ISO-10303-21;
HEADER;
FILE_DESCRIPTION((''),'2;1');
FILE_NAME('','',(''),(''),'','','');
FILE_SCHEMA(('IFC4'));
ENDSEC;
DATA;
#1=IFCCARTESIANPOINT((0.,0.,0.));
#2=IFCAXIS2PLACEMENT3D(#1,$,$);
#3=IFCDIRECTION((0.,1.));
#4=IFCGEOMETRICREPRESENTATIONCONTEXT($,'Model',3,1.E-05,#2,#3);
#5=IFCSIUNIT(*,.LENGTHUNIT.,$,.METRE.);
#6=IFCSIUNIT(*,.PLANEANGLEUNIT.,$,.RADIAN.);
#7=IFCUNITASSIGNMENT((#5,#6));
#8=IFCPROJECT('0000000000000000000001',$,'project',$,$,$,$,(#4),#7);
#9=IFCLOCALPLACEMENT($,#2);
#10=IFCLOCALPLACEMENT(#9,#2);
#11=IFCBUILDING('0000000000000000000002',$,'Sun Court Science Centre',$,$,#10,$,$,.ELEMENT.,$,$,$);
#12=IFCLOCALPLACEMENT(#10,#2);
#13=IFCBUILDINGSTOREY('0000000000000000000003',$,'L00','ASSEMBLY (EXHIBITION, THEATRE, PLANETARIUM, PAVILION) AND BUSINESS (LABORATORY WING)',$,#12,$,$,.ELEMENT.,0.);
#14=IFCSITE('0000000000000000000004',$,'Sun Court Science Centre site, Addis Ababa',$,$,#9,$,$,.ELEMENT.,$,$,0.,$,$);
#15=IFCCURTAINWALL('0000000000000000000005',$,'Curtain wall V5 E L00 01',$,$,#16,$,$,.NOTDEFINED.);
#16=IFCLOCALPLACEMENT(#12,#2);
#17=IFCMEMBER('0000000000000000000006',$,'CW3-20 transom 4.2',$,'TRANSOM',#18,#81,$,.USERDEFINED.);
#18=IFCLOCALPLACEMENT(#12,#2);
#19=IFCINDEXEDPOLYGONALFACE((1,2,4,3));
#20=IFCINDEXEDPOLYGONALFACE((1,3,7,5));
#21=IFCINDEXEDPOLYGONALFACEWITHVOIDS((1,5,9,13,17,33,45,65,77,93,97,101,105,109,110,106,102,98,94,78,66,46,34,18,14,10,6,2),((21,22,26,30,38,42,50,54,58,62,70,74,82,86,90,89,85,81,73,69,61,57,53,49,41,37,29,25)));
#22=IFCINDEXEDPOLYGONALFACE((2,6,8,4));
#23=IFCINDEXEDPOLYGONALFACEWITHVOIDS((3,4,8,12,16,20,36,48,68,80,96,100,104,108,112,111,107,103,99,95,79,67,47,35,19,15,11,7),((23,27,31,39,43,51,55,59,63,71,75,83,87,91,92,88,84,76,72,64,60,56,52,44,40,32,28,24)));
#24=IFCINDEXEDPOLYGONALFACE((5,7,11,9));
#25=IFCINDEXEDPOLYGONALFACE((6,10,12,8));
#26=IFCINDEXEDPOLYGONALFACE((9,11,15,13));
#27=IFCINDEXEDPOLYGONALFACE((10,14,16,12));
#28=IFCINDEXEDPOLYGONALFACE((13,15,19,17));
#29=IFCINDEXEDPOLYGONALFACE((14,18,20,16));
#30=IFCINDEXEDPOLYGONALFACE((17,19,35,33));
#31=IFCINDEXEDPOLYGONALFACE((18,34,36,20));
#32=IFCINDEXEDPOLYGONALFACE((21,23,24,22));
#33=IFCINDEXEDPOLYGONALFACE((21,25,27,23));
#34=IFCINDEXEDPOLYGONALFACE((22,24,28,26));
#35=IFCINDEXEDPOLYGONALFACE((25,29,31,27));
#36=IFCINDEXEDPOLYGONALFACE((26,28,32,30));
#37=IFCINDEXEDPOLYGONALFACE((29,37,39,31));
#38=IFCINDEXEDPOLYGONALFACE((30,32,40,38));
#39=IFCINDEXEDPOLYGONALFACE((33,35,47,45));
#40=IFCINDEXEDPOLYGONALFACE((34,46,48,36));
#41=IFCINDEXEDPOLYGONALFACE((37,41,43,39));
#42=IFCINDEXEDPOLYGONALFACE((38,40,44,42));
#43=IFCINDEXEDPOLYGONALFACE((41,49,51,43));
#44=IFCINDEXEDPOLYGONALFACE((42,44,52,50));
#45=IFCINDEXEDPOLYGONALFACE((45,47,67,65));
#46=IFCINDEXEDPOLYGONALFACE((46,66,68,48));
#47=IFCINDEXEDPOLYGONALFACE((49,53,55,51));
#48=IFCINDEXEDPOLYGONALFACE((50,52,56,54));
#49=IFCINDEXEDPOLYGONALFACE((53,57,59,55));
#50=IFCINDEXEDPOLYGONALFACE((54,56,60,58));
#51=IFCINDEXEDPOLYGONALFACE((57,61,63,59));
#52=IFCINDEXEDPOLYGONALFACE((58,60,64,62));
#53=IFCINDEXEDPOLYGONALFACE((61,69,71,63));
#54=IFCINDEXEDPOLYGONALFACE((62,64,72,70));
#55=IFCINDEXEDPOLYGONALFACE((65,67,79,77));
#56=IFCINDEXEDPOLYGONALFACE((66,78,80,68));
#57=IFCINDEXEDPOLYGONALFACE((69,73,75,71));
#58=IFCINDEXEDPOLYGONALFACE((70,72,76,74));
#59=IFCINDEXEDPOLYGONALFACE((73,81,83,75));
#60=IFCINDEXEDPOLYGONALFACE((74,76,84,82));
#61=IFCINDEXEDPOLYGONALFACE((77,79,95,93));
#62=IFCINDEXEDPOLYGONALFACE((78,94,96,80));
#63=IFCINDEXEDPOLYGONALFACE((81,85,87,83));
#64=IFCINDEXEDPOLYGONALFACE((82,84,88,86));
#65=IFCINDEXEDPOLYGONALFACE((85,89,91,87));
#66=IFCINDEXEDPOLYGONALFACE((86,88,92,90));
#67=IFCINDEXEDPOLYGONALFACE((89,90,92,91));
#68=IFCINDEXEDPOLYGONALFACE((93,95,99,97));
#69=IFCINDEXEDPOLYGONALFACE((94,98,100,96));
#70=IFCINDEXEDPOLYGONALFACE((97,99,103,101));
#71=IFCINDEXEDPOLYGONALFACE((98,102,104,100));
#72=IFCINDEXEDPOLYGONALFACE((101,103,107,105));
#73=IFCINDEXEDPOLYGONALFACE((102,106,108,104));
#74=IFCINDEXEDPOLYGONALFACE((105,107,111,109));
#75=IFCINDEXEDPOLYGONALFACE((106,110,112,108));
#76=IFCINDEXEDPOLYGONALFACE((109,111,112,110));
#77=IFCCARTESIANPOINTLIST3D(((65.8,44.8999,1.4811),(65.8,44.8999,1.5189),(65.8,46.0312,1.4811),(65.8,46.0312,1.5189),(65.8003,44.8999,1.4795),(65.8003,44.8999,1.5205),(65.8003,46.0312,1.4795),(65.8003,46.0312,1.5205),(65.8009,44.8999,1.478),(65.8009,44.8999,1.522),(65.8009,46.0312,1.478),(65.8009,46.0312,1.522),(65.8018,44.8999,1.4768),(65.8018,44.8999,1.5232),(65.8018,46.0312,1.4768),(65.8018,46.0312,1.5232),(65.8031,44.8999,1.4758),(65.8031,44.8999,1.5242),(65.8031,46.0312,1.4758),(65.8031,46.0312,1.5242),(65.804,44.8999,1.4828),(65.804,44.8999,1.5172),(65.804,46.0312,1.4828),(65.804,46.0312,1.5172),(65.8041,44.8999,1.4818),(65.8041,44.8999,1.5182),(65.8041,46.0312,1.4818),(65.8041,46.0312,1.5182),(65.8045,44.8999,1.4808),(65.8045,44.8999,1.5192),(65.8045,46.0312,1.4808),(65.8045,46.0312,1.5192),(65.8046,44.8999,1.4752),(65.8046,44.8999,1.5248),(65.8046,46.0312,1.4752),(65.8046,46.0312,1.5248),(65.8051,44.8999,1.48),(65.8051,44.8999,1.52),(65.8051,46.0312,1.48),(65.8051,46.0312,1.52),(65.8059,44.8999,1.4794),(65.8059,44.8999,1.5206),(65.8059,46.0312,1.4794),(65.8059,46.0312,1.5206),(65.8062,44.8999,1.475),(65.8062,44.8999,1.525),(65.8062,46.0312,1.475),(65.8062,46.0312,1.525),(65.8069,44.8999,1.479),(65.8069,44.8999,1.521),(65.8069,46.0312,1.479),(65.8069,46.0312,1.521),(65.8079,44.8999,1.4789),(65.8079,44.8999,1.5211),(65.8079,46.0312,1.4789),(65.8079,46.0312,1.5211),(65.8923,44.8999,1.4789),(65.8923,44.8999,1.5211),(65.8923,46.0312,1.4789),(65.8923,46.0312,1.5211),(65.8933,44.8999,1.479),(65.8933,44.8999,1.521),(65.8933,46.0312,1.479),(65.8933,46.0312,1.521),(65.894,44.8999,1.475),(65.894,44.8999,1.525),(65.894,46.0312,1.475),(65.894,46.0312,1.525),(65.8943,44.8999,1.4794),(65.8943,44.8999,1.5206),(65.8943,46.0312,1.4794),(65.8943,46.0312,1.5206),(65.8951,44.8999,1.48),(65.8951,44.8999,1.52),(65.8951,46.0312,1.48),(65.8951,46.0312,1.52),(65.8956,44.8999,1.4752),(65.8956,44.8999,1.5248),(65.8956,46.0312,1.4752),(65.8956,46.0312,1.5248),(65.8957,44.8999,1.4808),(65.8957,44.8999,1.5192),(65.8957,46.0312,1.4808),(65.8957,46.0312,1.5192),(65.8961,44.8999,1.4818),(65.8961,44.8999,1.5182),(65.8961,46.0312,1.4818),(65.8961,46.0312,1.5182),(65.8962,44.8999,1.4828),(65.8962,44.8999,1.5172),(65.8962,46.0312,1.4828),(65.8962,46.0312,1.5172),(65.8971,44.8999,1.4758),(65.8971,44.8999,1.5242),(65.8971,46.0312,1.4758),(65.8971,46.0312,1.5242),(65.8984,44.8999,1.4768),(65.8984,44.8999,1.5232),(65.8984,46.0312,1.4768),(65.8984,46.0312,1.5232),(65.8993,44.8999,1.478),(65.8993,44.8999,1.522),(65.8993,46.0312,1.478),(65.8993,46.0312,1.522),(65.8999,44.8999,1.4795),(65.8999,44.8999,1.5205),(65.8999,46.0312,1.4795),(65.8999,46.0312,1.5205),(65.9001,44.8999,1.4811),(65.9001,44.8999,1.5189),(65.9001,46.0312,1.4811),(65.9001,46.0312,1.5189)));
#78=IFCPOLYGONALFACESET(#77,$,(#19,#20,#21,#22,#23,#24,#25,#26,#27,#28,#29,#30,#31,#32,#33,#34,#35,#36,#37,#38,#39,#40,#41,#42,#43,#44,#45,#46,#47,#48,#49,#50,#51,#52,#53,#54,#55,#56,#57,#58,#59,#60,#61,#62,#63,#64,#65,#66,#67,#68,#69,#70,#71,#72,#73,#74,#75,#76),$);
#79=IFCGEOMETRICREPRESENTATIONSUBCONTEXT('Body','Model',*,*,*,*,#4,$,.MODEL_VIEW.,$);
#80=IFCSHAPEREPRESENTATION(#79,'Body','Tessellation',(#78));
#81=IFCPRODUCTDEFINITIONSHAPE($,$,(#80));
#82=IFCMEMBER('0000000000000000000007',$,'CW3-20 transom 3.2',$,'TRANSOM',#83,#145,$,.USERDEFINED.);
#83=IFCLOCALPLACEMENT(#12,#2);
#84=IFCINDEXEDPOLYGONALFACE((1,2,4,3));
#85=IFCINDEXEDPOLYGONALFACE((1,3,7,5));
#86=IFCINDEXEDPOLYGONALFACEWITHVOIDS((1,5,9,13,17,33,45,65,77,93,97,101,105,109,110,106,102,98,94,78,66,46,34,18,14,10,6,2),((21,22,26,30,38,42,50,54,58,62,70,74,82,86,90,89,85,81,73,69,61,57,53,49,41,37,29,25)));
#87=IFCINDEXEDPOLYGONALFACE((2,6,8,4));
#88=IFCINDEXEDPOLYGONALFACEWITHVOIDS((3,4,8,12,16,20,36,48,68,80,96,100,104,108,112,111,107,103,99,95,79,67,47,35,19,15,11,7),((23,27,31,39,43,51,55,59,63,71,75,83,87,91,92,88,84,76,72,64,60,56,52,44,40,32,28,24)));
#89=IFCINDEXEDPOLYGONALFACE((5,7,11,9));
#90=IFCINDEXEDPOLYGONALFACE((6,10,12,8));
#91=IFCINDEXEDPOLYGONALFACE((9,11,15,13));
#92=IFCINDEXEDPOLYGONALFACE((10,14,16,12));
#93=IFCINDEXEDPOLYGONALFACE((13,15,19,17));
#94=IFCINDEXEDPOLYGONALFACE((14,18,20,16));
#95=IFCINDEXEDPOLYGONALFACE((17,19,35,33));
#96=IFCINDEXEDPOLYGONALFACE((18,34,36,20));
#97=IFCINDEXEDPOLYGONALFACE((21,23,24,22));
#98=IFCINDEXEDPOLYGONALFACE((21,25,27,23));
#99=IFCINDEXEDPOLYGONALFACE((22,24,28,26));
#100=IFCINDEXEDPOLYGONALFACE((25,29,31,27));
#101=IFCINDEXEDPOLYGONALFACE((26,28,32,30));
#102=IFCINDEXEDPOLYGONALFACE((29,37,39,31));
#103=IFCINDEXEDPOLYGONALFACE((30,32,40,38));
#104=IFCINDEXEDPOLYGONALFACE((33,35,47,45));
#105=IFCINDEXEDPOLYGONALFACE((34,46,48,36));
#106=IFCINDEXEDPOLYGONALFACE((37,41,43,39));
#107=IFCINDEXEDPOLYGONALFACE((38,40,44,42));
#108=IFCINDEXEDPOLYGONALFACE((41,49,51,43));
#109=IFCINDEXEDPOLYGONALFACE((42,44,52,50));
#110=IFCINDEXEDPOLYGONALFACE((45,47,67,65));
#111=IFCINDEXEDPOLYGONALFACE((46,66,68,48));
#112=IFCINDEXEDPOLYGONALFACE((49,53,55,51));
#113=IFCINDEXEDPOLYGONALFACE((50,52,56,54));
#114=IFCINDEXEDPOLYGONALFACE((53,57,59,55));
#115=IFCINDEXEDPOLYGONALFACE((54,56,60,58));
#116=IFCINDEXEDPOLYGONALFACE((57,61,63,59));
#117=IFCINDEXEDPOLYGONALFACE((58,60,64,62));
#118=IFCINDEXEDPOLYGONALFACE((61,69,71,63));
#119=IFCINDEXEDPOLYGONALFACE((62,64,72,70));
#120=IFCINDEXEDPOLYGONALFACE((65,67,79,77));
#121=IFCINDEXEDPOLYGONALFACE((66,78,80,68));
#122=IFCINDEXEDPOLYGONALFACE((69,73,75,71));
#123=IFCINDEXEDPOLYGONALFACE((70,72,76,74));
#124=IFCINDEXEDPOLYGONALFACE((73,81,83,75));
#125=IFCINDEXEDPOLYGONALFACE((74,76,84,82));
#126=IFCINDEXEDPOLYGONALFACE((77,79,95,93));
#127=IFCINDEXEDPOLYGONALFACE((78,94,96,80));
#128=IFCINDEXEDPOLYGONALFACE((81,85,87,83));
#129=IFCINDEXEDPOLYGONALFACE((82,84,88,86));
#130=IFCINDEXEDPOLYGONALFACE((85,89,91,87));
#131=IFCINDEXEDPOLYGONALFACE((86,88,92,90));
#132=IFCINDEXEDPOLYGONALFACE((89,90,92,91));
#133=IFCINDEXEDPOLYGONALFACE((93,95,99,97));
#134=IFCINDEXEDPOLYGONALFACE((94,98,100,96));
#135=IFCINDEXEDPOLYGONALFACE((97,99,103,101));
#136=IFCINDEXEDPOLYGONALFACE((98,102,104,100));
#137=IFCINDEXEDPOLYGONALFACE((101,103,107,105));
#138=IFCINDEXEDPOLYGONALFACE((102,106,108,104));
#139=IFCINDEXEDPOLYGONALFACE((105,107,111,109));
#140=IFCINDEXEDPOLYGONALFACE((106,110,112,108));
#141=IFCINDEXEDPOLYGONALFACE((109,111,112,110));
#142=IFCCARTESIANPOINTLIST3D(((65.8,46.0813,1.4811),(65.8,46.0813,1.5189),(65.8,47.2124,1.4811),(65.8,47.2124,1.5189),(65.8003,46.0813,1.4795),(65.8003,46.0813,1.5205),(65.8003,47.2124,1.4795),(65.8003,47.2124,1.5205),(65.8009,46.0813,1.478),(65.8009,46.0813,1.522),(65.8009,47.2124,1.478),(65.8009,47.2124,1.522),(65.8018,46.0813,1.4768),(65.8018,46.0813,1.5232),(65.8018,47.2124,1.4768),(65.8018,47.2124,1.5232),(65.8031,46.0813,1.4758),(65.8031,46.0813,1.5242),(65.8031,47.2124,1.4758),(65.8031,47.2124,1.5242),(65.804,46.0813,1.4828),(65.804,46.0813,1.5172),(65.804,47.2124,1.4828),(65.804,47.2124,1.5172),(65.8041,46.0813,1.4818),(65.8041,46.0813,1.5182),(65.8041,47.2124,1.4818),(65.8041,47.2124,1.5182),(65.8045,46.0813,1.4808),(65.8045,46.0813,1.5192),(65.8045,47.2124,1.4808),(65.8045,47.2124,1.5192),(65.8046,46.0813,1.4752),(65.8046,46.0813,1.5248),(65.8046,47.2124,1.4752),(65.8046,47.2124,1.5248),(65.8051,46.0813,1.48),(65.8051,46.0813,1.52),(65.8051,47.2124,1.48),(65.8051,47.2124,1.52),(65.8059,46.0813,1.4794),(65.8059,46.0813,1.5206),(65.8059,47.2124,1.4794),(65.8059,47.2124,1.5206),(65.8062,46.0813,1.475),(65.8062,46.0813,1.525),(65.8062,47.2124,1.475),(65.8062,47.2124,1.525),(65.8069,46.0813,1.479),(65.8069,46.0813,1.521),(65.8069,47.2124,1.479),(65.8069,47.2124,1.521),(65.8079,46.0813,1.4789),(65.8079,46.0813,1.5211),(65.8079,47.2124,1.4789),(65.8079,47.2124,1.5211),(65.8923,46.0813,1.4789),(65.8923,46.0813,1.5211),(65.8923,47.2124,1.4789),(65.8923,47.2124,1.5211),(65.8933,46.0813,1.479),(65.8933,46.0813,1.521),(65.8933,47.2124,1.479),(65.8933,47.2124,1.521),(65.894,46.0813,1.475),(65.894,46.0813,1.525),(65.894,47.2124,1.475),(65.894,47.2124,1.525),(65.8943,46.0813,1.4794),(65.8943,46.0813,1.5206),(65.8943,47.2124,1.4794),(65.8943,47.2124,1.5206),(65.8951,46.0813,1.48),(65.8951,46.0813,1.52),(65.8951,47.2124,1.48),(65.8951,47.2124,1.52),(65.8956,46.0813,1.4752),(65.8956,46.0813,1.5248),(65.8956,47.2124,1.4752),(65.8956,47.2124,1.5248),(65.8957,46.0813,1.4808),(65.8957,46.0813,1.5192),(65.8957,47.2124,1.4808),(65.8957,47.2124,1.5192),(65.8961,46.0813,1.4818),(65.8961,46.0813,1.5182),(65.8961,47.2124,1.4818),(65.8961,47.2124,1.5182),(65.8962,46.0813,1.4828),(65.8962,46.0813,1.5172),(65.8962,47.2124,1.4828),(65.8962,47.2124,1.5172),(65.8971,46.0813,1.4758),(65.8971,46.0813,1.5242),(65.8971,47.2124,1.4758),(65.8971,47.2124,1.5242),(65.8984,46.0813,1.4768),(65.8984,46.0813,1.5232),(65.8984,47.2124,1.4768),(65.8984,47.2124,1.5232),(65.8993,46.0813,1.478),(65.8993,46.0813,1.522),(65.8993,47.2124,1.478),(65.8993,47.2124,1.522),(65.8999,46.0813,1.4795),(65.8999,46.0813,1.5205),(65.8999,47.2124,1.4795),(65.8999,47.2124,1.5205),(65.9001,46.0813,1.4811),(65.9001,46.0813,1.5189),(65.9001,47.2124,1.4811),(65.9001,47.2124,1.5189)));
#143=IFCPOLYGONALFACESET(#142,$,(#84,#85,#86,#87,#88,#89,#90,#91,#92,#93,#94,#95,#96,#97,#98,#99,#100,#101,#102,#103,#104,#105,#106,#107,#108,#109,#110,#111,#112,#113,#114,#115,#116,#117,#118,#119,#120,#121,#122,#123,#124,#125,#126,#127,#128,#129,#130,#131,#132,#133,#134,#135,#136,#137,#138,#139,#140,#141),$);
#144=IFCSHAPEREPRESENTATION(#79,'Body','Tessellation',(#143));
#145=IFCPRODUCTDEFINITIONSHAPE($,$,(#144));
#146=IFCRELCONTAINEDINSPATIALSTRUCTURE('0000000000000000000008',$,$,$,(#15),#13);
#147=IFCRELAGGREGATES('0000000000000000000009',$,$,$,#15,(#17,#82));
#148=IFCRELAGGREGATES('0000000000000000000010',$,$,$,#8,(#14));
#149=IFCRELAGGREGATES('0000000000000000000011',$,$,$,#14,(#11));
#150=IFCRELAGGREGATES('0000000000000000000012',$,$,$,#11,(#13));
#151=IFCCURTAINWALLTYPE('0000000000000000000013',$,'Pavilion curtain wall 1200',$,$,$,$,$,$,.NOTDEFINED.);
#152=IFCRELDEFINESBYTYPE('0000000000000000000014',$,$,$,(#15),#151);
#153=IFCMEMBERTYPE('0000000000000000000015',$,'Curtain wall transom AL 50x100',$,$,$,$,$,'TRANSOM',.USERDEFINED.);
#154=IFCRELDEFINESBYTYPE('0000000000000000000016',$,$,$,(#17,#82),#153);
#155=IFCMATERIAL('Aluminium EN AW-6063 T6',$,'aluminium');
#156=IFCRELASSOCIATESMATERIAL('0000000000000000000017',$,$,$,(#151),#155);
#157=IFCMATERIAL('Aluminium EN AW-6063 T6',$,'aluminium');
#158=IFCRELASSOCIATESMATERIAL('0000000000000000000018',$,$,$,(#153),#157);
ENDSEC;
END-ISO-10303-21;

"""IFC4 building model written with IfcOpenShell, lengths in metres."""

from ifc_helpers import new_model, si_unit, direction, frame, origin, origin_2d, place, context, subcontext, project, spatial, hollow_rectangle, extrude, material, material_profile, profile_set, type_object, element, aggregate, save


model = new_model("IFC4")

# Units and contexts
model_context = context("Model", 3, precision=1e-05, world=origin(), true_north=direction((0.0, 1.0)))
body_context = subcontext(model_context, "Body", "Model", "MODEL_VIEW")
ifc_project = project(units=[si_unit("LENGTHUNIT", "METRE"), si_unit("PLANEANGLEUNIT", "RADIAN")], contexts=[model_context])

# Site, building, storey
site_placement = place(None, origin())
site = spatial("IfcSite", under=ifc_project, at=site_placement, Name="Sun Court Science Centre site, Addis Ababa", CompositionType="ELEMENT", RefElevation=0.0)
building_placement = place(site_placement, origin())
building = spatial("IfcBuilding", under=site, at=building_placement, Name="Sun Court Science Centre", CompositionType="ELEMENT")
storey_placement = place(building_placement, origin())
storey = spatial("IfcBuildingStorey", under=building, at=storey_placement, Name="L00", Description="ASSEMBLY (EXHIBITION, THEATRE, PLANETARIUM, PAVILION) AND BUSINESS (LABORATORY WING)", CompositionType="ELEMENT", Elevation=0.0)

# Shared definitions
ifc_material_1 = material(Name="Aluminium EN AW-6063 T6", Category="aluminium")
curtain_wall_type = type_object("IfcCurtainWallType", Name="Pavilion curtain wall 1200", PredefinedType="NOTDEFINED", material=ifc_material_1)

# Curtain wall, members
curtain_wall_1_placement = place(storey_placement, origin())
curtain_wall_1 = element("IfcCurtainWall", 1, at=curtain_wall_1_placement, inside=storey, type_object=curtain_wall_type, Name="Curtain wall V5 E L00 01", PredefinedType="NOTDEFINED")
ifc_material_2 = material(Name="Aluminium EN AW-6063 T6", Category="aluminium")
ifc_material_profile_1 = material_profile(ifc_material_2, hollow_rectangle(XDim=0.05, YDim=0.1001, WallThickness=0.0039, InnerFilletRadius=0.0039, OuterFilletRadius=0.0061, at=origin_2d()), Name="AL 50x100x4")
ifc_profile_set_1 = profile_set([ifc_material_profile_1], Name="Aluminium EN AW-6063 T6")
member_type_1 = type_object("IfcMemberType", Name="Curtain wall transom AL 50x100", ElementType="TRANSOM", PredefinedType="USERDEFINED", material=ifc_profile_set_1)
member_1_placement = place(storey_placement, frame((65.8501, 46.0312, 1.5), z_axis=(0.0, -1.0, 0.0), x_axis=(0.0, 0.0, 1.0)))
member_1 = element("IfcMember", 2, at=member_1_placement, type_object=member_type_1, Name="CW3-20 transom 4.2", ObjectType="TRANSOM", PredefinedType="USERDEFINED", context=body_context, shape_type="SweptSolid", body=[
    extrude(hollow_rectangle(XDim=0.05, YDim=0.1001, WallThickness=0.0039, InnerFilletRadius=0.0039, OuterFilletRadius=0.0061, at=origin_2d()), origin(), (0.0, 0.0, 1.0), 1.1313),
])
member_2_placement = place(storey_placement, frame((65.8501, 47.2124, 1.5), z_axis=(0.0, -1.0, 0.0), x_axis=(0.0, 0.0, 1.0)))
member_2 = element("IfcMember", 3, at=member_2_placement, type_object=member_type_1, Name="CW3-20 transom 3.2", ObjectType="TRANSOM", PredefinedType="USERDEFINED", context=body_context, shape_type="SweptSolid", body=[
    extrude(hollow_rectangle(XDim=0.05, YDim=0.1001, WallThickness=0.0039, InnerFilletRadius=0.0039, OuterFilletRadius=0.0061, at=origin_2d()), origin(), (0.0, 0.0, 1.0), 1.1311),
])
aggregate(curtain_wall_1, [member_1, member_2])

save(model, "model.ifc")
